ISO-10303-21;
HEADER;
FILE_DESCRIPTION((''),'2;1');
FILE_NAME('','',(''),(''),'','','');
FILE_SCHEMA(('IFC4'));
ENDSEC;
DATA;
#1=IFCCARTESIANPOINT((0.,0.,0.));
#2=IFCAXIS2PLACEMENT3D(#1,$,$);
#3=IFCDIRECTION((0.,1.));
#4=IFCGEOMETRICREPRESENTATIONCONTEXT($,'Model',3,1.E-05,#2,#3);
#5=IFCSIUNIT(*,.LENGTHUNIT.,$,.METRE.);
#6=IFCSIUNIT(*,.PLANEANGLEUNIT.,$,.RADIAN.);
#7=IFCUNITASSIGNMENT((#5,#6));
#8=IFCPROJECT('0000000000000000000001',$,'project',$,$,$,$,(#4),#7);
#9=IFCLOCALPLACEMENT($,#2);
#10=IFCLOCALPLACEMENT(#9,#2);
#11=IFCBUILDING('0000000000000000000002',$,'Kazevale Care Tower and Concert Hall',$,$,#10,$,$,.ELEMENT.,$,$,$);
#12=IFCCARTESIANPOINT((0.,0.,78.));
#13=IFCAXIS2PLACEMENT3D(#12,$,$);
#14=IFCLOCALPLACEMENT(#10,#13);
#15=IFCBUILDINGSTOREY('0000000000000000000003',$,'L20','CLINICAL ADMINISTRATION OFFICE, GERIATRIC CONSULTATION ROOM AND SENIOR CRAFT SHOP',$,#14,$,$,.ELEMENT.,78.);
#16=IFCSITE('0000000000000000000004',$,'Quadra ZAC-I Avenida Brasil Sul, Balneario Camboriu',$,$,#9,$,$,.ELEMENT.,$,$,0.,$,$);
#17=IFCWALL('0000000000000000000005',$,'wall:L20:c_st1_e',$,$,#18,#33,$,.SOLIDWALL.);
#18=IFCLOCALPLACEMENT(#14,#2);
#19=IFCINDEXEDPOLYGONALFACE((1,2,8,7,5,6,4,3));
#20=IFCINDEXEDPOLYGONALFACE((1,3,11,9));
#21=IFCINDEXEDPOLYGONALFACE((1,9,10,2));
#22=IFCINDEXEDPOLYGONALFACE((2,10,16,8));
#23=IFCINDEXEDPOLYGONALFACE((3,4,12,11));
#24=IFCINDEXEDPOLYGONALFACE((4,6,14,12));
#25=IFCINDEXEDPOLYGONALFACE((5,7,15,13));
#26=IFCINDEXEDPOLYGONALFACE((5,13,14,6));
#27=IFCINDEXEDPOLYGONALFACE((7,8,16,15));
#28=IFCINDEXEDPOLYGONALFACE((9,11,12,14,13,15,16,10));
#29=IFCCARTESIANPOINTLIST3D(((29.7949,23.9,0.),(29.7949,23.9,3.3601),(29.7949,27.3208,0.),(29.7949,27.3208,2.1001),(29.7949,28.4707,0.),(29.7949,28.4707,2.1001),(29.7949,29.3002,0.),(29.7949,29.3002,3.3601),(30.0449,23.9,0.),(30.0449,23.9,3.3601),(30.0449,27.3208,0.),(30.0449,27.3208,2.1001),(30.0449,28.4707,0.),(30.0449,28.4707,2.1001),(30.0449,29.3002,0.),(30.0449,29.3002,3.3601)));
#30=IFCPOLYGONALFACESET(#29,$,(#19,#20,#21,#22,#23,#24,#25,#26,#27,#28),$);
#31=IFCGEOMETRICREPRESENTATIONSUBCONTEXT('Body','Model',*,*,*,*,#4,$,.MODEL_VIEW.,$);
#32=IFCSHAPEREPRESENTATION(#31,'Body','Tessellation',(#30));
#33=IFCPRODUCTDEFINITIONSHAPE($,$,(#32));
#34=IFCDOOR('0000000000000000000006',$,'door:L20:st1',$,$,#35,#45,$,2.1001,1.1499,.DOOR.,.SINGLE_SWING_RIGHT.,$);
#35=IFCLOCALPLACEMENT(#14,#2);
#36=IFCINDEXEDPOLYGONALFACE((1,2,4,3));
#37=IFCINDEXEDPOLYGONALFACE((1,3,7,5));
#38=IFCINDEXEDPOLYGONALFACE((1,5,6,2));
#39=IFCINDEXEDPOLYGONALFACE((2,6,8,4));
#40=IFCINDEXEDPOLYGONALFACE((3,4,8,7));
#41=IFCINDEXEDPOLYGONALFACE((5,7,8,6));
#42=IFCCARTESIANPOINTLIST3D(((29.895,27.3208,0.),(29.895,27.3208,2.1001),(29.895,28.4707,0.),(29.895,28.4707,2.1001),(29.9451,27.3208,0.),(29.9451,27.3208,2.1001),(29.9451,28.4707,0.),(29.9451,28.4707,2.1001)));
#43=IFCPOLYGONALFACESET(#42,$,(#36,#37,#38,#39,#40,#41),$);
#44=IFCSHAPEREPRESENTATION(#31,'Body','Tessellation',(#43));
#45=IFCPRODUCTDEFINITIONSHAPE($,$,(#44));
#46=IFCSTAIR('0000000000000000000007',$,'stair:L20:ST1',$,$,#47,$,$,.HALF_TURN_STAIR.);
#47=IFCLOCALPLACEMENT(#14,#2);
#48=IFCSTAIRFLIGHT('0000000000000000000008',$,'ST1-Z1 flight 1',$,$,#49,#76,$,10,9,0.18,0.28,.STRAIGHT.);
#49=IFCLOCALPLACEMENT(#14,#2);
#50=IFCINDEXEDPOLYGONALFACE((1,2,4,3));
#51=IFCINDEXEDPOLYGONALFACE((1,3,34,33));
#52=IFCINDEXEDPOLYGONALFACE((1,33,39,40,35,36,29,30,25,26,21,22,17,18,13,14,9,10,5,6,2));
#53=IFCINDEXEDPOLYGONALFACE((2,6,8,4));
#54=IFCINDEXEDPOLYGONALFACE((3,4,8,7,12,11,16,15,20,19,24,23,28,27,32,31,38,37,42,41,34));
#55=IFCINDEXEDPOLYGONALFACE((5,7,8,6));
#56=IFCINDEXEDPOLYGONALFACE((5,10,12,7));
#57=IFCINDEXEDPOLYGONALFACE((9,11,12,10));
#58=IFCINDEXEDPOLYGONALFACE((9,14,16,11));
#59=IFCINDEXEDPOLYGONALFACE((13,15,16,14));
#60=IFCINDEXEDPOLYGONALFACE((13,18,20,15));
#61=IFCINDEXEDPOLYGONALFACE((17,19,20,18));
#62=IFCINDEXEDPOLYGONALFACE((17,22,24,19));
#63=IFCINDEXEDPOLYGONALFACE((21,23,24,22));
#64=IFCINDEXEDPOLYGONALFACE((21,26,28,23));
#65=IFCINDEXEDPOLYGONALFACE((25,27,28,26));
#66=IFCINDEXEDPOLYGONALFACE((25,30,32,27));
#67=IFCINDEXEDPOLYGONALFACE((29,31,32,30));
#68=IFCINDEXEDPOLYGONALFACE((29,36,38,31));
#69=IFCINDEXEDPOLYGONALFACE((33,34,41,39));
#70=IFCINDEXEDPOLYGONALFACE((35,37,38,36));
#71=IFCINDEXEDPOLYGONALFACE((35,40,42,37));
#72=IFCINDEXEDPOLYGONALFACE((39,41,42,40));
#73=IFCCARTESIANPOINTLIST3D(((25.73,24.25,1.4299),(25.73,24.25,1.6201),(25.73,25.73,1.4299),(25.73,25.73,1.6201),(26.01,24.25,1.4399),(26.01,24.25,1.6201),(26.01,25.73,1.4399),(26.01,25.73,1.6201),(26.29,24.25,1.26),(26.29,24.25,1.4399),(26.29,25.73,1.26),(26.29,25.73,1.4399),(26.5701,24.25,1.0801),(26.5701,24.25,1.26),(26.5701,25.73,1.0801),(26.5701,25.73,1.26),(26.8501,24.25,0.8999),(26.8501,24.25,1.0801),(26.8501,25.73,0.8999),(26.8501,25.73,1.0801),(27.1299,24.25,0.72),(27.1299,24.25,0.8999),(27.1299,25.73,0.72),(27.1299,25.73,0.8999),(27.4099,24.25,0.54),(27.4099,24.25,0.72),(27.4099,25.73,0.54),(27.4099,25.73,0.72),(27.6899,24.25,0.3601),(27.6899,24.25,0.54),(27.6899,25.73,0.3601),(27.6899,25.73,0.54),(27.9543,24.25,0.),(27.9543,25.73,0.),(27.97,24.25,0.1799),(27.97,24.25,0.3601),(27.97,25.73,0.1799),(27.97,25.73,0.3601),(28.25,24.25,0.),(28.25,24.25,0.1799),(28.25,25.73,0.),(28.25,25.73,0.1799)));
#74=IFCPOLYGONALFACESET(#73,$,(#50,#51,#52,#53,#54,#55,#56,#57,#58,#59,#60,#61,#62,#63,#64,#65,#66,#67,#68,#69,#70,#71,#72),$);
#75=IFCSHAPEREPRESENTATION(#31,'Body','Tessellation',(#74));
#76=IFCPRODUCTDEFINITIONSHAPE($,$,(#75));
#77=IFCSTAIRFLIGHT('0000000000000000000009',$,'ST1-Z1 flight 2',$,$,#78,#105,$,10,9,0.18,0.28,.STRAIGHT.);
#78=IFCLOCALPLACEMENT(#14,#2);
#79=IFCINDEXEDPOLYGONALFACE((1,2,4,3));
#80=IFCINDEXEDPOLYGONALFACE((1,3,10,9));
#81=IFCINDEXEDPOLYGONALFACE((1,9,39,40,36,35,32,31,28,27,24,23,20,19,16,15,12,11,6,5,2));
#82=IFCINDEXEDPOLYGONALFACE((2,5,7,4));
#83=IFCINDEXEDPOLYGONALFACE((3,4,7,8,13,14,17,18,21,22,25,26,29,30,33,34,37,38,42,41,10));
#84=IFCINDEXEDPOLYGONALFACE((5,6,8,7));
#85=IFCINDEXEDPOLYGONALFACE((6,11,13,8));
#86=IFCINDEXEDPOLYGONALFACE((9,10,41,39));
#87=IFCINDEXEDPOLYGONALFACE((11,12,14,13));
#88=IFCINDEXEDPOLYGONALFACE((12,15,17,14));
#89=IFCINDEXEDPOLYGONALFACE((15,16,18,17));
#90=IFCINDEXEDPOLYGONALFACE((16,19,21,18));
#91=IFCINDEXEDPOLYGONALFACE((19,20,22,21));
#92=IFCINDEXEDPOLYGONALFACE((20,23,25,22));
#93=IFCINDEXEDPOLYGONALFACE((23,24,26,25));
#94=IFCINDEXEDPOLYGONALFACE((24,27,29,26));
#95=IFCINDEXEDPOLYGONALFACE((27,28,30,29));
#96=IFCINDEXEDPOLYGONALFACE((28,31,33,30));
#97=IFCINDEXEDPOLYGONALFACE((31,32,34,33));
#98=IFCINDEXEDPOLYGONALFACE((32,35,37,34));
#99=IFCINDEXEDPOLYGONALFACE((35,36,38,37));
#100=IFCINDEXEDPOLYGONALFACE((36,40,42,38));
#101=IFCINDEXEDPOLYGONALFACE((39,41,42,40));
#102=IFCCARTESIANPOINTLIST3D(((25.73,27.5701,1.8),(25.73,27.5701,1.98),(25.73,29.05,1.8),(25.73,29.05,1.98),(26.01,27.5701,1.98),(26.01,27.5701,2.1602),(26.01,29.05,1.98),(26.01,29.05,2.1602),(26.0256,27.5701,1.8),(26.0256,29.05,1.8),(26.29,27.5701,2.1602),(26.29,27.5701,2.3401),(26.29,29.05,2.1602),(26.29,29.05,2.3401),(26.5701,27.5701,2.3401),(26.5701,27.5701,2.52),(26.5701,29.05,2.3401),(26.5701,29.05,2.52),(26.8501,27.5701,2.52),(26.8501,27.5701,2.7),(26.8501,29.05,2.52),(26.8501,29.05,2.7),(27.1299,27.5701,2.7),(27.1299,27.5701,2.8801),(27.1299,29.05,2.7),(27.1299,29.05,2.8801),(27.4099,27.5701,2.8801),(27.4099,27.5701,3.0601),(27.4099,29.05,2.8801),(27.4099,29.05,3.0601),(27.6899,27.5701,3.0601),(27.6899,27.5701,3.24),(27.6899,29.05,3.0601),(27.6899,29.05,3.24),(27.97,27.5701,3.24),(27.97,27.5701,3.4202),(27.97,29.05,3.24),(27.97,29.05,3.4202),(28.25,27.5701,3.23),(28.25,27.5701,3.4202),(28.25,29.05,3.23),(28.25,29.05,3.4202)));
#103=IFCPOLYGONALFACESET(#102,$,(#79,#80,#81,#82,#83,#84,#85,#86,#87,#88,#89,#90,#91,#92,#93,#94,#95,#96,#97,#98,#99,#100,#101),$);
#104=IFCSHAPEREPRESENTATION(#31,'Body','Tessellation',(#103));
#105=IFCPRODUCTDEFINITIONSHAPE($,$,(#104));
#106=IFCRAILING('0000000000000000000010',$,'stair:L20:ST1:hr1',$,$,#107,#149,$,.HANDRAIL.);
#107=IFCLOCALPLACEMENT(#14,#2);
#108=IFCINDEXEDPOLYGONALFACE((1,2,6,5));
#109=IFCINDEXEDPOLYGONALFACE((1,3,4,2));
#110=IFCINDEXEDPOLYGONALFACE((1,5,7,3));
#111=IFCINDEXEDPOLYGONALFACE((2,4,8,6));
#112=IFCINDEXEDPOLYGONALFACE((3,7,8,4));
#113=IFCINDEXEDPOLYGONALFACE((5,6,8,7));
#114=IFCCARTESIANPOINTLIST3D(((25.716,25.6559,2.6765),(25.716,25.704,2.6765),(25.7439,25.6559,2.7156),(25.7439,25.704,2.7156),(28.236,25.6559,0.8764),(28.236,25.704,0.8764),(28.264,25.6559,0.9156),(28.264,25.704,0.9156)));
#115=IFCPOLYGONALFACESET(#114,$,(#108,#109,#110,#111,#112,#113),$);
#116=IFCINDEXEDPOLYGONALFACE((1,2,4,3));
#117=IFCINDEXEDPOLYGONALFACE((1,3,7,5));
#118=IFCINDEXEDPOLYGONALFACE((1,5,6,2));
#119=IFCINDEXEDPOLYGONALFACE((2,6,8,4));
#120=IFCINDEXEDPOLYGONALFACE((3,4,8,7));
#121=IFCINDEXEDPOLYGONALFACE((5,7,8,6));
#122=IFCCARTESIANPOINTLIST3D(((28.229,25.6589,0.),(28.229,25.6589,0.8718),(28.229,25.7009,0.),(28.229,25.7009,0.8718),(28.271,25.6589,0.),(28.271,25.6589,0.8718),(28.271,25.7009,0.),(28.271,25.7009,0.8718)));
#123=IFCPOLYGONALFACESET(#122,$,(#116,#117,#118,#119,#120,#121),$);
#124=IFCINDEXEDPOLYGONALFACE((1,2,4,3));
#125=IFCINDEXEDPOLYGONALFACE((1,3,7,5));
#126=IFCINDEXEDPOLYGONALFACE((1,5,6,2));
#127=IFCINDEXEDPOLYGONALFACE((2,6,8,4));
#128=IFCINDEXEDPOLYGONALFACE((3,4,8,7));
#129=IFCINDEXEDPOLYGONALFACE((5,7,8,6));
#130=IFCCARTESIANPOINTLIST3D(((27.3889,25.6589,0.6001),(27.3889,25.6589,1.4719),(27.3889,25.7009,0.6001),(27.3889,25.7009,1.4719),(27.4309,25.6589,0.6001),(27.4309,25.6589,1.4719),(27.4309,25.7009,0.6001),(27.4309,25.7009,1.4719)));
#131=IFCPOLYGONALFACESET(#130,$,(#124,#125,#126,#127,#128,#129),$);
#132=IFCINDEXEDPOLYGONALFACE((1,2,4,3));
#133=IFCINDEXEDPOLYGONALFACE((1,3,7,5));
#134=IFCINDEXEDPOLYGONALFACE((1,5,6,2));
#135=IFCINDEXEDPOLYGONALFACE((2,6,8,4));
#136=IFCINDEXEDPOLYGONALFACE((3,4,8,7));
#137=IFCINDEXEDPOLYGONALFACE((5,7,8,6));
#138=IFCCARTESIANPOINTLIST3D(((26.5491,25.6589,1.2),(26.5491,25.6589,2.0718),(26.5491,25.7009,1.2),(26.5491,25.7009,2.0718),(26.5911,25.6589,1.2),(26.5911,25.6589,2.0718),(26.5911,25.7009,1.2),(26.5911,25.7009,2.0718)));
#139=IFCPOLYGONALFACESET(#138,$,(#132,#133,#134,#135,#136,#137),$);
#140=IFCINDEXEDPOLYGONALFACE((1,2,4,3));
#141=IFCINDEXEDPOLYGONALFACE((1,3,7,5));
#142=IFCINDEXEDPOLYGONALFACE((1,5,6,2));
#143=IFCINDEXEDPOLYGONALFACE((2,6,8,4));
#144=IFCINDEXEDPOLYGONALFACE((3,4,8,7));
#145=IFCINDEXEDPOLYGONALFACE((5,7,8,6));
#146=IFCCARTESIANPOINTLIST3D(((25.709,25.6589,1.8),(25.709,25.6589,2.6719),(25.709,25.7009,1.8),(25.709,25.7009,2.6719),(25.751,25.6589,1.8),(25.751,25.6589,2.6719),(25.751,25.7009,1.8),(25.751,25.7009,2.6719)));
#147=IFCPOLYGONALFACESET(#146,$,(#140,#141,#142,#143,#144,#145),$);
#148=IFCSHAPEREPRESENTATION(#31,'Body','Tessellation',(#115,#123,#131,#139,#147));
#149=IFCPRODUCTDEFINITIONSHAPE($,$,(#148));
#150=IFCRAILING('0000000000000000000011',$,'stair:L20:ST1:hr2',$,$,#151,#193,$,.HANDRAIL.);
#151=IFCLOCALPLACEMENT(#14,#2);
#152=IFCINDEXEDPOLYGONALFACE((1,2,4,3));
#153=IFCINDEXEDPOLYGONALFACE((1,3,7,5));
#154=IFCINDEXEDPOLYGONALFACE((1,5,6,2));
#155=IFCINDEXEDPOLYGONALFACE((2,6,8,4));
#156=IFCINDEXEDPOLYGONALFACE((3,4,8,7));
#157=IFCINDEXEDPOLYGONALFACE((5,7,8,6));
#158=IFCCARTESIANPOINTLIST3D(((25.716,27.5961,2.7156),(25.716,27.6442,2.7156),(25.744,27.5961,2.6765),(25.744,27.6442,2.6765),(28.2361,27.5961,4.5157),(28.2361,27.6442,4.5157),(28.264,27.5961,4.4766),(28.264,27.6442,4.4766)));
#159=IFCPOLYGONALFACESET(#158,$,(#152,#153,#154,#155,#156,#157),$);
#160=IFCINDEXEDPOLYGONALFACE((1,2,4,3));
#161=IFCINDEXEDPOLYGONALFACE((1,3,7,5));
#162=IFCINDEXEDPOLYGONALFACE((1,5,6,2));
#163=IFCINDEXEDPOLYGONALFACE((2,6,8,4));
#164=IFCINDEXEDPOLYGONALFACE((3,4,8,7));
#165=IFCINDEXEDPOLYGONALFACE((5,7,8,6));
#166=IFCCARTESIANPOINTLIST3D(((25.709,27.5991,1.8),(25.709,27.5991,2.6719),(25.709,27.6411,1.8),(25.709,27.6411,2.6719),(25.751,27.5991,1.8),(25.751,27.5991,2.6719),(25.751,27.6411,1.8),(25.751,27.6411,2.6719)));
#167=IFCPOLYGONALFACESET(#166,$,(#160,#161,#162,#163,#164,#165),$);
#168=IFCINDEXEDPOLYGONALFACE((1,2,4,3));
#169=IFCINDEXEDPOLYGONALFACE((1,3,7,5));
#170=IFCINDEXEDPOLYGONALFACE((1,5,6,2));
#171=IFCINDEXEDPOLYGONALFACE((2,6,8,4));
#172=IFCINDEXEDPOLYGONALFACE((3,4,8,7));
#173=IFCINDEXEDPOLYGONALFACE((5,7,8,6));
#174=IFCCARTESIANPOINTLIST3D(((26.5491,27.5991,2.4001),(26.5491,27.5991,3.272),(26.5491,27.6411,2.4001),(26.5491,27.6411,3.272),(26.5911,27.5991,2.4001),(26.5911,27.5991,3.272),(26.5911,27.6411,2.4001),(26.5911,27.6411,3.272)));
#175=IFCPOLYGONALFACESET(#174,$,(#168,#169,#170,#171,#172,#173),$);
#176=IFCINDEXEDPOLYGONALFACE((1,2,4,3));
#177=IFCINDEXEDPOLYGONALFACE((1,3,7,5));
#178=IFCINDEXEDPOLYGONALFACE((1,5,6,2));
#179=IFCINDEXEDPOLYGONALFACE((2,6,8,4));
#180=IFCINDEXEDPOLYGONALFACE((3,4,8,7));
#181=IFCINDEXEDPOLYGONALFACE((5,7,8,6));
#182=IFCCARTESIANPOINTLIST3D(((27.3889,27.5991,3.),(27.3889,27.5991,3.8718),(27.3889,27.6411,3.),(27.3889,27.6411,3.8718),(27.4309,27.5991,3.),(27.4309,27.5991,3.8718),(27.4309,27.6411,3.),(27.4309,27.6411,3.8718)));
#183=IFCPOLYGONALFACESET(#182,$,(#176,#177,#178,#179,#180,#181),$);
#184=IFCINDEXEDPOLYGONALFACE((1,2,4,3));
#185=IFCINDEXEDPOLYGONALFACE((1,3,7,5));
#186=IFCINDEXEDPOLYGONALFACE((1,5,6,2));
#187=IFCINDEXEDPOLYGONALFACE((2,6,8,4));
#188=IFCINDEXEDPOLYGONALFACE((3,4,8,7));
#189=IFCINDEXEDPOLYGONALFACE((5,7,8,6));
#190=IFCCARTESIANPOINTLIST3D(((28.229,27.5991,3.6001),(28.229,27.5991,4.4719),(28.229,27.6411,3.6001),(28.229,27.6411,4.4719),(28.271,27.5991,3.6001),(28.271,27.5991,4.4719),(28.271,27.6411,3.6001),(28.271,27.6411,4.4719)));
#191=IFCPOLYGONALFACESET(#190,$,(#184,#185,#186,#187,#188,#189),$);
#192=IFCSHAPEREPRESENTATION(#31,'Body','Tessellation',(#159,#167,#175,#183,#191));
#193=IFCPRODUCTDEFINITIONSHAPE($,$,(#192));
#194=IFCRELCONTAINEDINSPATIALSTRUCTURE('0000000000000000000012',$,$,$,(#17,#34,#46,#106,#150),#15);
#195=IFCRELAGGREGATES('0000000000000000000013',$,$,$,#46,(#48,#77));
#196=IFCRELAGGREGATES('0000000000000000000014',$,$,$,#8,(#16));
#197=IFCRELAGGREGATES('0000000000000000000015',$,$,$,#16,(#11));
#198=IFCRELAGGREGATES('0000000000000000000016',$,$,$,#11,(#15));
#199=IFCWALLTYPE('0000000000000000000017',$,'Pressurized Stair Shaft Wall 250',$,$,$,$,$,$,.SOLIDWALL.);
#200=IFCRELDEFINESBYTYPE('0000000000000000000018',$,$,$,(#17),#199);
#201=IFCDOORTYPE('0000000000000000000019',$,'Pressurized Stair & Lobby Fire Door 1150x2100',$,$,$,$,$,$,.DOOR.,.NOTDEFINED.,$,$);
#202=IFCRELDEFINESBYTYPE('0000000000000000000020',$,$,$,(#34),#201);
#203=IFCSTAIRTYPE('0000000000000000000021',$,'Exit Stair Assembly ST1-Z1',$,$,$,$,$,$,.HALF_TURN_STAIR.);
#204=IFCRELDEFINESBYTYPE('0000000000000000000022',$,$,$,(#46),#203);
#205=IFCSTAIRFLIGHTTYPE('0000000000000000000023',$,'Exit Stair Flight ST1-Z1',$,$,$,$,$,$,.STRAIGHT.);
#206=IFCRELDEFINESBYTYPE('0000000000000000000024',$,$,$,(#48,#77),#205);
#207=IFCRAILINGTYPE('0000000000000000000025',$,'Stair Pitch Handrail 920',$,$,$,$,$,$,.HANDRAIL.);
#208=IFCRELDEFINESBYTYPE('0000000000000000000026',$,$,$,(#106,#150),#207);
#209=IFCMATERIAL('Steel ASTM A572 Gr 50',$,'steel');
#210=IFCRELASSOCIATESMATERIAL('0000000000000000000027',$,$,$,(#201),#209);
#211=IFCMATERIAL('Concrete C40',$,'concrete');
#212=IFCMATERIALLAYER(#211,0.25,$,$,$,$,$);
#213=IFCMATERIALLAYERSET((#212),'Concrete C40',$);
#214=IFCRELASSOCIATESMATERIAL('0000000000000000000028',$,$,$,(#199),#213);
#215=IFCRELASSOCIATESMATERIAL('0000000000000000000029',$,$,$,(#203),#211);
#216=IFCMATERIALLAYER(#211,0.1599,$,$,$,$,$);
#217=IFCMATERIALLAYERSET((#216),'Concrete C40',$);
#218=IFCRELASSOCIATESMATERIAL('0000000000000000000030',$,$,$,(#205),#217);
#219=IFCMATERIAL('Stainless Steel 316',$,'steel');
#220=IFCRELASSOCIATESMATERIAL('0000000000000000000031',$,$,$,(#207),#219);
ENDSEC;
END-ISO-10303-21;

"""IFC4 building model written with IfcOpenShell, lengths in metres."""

from ifc_helpers import new_model, si_unit, direction, frame, frame_2d, origin, origin_2d, place, context, subcontext, project, spatial, polyline, rectangle, outline, extrude, material, layer, layer_set, type_object, element, fill, aggregate, save


model = new_model("IFC4")

# Units and contexts
model_context = context("Model", 3, precision=1e-05, world=origin(), true_north=direction((0.0, 1.0)))
body_context = subcontext(model_context, "Body", "Model", "MODEL_VIEW")
ifc_project = project(units=[si_unit("LENGTHUNIT", "METRE"), si_unit("PLANEANGLEUNIT", "RADIAN")], contexts=[model_context])

# Site, building, storey
site_placement = place(None, origin())
site = spatial("IfcSite", under=ifc_project, at=site_placement, Name="Quadra ZAC-I Avenida Brasil Sul, Balneario Camboriu", CompositionType="ELEMENT", RefElevation=0.0)
building_placement = place(site_placement, origin())
building = spatial("IfcBuilding", under=site, at=building_placement, Name="Kazevale Care Tower and Concert Hall", CompositionType="ELEMENT")
storey_placement = place(building_placement, frame((0.0, 0.0, 78.0)))
storey = spatial("IfcBuildingStorey", under=building, at=storey_placement, Name="L20", Description="CLINICAL ADMINISTRATION OFFICE, GERIATRIC CONSULTATION ROOM AND SENIOR CRAFT SHOP", CompositionType="ELEMENT", Elevation=78.0)

# Shared definitions
ifc_material_1 = material(Name="Steel ASTM A572 Gr 50", Category="steel")
door_type_1 = type_object("IfcDoorType", Name="Pressurized Stair & Lobby Fire Door 1150x2100", OperationType="NOTDEFINED", PredefinedType="DOOR", material=ifc_material_1)

# Shared definitions
ifc_material_2 = material(Name="Concrete C40", Category="concrete")
ifc_material_3 = material(Name="Stainless Steel 316", Category="steel")

# Wall, opening, door
ifc_layer_1 = layer(ifc_material_2, 0.25)
ifc_layer_set_1 = layer_set([ifc_layer_1], Name="Concrete C40")
wall_type_1 = type_object("IfcWallType", Name="Pressurized Stair Shaft Wall 250", PredefinedType="SOLIDWALL", material=ifc_layer_set_1)
wall_1_placement = place(storey_placement, frame((29.9199, 23.8999, 0.0), z_axis=(0.0, 0.0, 1.0), x_axis=(0.0, 1.0, 0.0)))
wall_1 = element("IfcWall", 1, at=wall_1_placement, inside=storey, type_object=wall_type_1, Name="wall:L20:c_st1_e", PredefinedType="SOLIDWALL", context=body_context, shape_type="SweptSolid", body=[
    extrude(rectangle(XDim=5.4001, YDim=0.25, at=frame_2d((2.7002, 0.0))), origin(), (0.0, 0.0, 1.0), 3.3601),
])
opening_1_placement = place(wall_1_placement, frame((3.4209, 0.0, 0.0)))
opening_1 = element("IfcOpeningElement", 2, at=opening_1_placement, cuts=wall_1, PredefinedType="OPENING", context=body_context, shape_type="SweptSolid", body=[
    extrude(rectangle(XDim=1.1499, YDim=2.1001, at=frame_2d((0.575, 1.05))), frame((0.0, 0.135, 0.0), z_axis=(0.0, -1.0, 0.0), x_axis=(1.0, 0.0, 0.0)), (0.0, 0.0, 1.0), 0.27),
])
door_1_placement = place(opening_1_placement, origin())
door_1 = element("IfcDoor", 3, at=door_1_placement, inside=storey, type_object=door_type_1, Name="door:L20:st1", OperationType="SINGLE_SWING_RIGHT", OverallHeight=2.1001, OverallWidth=1.1499, PredefinedType="DOOR", context=body_context, shape_type="SweptSolid", body=[
    extrude(rectangle(XDim=1.1499, YDim=2.1001, at=frame_2d((0.575, 1.05))), frame((0.0, 0.0249, 0.0), z_axis=(0.0, -1.0, 0.0), x_axis=(1.0, 0.0, 0.0)), (0.0, 0.0, 1.0), 0.05),
])
fill(opening_1, door_1)

# Stair, stair flights
stair_type = type_object("IfcStairType", Name="Exit Stair Assembly ST1-Z1", PredefinedType="HALF_TURN_STAIR", material=ifc_material_2)
stair_placement = place(storey_placement, origin())
stair = element("IfcStair", 4, at=stair_placement, inside=storey, type_object=stair_type, Name="stair:L20:ST1", PredefinedType="HALF_TURN_STAIR")
ifc_layer_2 = layer(ifc_material_2, 0.1599)
ifc_layer_set_2 = layer_set([ifc_layer_2], Name="Concrete C40")
stair_flight_type = type_object("IfcStairFlightType", Name="Exit Stair Flight ST1-Z1", PredefinedType="STRAIGHT", material=ifc_layer_set_2)
stair_flight_1_placement = place(storey_placement, frame((28.25, 24.99, 0.0), z_axis=(0.0, 0.0, 1.0), x_axis=(-1.0, 0.0, 0.0)))
stair_flight_1 = element("IfcStairFlight", 5, at=stair_flight_1_placement, type_object=stair_flight_type, Name="ST1-Z1 flight 1", NumberOfRisers=10, NumberOfTreads=9, PredefinedType="STRAIGHT", RiserHeight=0.18, TreadLength=0.28, context=body_context, shape_type="SweptSolid", body=[
    extrude(outline(polyline([(0.0, 0.0), (0.0, 0.1799), (0.28, 0.1799), (0.28, 0.3601), (0.5601, 0.3601), (0.5601, 0.54), (0.8401, 0.54), (0.8401, 0.72), (1.1201, 0.72), (1.1201, 0.8999), (1.3999, 0.8999), (1.3999, 1.0801), (1.6799, 1.0801), (1.6799, 1.26), (1.96, 1.26), (1.96, 1.4399), (2.24, 1.4399), (2.24, 1.6201), (2.52, 1.6201), (2.52, 1.8), (2.52, 1.4299), (0.2957, 0.0), (0.0, 0.0)])), frame((0.0, 0.74, 0.0), z_axis=(0.0, -1.0, 0.0), x_axis=(1.0, 0.0, 0.0)), (0.0, 0.0, 1.0), 1.48),
])
stair_flight_2_placement = place(storey_placement, frame((25.73, 28.3101, 1.8), z_axis=(0.0, 0.0, 1.0), x_axis=(1.0, 0.0, 0.0)))
stair_flight_2 = element("IfcStairFlight", 6, at=stair_flight_2_placement, type_object=stair_flight_type, Name="ST1-Z1 flight 2", NumberOfRisers=10, NumberOfTreads=9, PredefinedType="STRAIGHT", RiserHeight=0.18, TreadLength=0.28, context=body_context, shape_type="SweptSolid", body=[
    extrude(outline(polyline([(0.0, 0.0), (0.0, 0.1799), (0.28, 0.1799), (0.28, 0.3601), (0.5601, 0.3601), (0.5601, 0.54), (0.8401, 0.54), (0.8401, 0.72), (1.1201, 0.72), (1.1201, 0.8999), (1.3999, 0.8999), (1.3999, 1.0801), (1.6799, 1.0801), (1.6799, 1.26), (1.96, 1.26), (1.96, 1.4399), (2.24, 1.4399), (2.24, 1.6201), (2.52, 1.6201), (2.52, 1.8), (2.52, 1.4299), (0.2957, 0.0), (0.0, 0.0)])), frame((0.0, 0.74, 0.0), z_axis=(0.0, -1.0, 0.0), x_axis=(1.0, 0.0, 0.0)), (0.0, 0.0, 1.0), 1.48),
])
aggregate(stair, [stair_flight_1, stair_flight_2])

# Railings
railing_type_1 = type_object("IfcRailingType", Name="Stair Pitch Handrail 920", PredefinedType="HANDRAIL", material=ifc_material_3)
railing_1_placement = place(storey_placement, frame((28.25, 25.6799, 0.0)))
element("IfcRailing", 7, at=railing_1_placement, inside=storey, type_object=railing_type_1, Name="stair:L20:ST1:hr1", PredefinedType="HANDRAIL", context=body_context, shape_type="SweptSolid", body=[
    extrude(rectangle(XDim=0.0481, YDim=0.0481, at=origin_2d()), frame((0.0, 0.0, 0.896), z_axis=(-0.813728, 0.0, 0.581246), x_axis=(0.0, -1.0, 0.0)), (0.0, 0.0, 1.0), 3.0969),
    extrude(rectangle(XDim=0.042, YDim=0.042, at=origin_2d()), origin(), (0.0, 0.0, 1.0), 0.8718),
    extrude(rectangle(XDim=0.042, YDim=0.042, at=origin_2d()), frame((-0.8401, 0.0, 0.6001)), (0.0, 0.0, 1.0), 0.8718),
    extrude(rectangle(XDim=0.042, YDim=0.042, at=origin_2d()), frame((-1.6799, 0.0, 1.2)), (0.0, 0.0, 1.0), 0.8718),
    extrude(rectangle(XDim=0.042, YDim=0.042, at=origin_2d()), frame((-2.52, 0.0, 1.8)), (0.0, 0.0, 1.0), 0.8718),
])
railing_2_placement = place(storey_placement, frame((25.73, 27.6201, 1.8)))
element("IfcRailing", 8, at=railing_2_placement, inside=storey, type_object=railing_type_1, Name="stair:L20:ST1:hr2", PredefinedType="HANDRAIL", context=body_context, shape_type="SweptSolid", body=[
    extrude(rectangle(XDim=0.0481, YDim=0.0481, at=origin_2d()), frame((0.0, 0.0, 0.896), z_axis=(0.813728, 0.0, 0.581246), x_axis=(0.0, 1.0, 0.0)), (0.0, 0.0, 1.0), 3.0969),
    extrude(rectangle(XDim=0.042, YDim=0.042, at=origin_2d()), origin(), (0.0, 0.0, 1.0), 0.8718),
    extrude(rectangle(XDim=0.042, YDim=0.042, at=origin_2d()), frame((0.8401, 0.0, 0.6001)), (0.0, 0.0, 1.0), 0.8718),
    extrude(rectangle(XDim=0.042, YDim=0.042, at=origin_2d()), frame((1.6799, 0.0, 1.2)), (0.0, 0.0, 1.0), 0.8718),
    extrude(rectangle(XDim=0.042, YDim=0.042, at=origin_2d()), frame((2.52, 0.0, 1.8)), (0.0, 0.0, 1.0), 0.8718),
])

save(model, "model.ifc")
